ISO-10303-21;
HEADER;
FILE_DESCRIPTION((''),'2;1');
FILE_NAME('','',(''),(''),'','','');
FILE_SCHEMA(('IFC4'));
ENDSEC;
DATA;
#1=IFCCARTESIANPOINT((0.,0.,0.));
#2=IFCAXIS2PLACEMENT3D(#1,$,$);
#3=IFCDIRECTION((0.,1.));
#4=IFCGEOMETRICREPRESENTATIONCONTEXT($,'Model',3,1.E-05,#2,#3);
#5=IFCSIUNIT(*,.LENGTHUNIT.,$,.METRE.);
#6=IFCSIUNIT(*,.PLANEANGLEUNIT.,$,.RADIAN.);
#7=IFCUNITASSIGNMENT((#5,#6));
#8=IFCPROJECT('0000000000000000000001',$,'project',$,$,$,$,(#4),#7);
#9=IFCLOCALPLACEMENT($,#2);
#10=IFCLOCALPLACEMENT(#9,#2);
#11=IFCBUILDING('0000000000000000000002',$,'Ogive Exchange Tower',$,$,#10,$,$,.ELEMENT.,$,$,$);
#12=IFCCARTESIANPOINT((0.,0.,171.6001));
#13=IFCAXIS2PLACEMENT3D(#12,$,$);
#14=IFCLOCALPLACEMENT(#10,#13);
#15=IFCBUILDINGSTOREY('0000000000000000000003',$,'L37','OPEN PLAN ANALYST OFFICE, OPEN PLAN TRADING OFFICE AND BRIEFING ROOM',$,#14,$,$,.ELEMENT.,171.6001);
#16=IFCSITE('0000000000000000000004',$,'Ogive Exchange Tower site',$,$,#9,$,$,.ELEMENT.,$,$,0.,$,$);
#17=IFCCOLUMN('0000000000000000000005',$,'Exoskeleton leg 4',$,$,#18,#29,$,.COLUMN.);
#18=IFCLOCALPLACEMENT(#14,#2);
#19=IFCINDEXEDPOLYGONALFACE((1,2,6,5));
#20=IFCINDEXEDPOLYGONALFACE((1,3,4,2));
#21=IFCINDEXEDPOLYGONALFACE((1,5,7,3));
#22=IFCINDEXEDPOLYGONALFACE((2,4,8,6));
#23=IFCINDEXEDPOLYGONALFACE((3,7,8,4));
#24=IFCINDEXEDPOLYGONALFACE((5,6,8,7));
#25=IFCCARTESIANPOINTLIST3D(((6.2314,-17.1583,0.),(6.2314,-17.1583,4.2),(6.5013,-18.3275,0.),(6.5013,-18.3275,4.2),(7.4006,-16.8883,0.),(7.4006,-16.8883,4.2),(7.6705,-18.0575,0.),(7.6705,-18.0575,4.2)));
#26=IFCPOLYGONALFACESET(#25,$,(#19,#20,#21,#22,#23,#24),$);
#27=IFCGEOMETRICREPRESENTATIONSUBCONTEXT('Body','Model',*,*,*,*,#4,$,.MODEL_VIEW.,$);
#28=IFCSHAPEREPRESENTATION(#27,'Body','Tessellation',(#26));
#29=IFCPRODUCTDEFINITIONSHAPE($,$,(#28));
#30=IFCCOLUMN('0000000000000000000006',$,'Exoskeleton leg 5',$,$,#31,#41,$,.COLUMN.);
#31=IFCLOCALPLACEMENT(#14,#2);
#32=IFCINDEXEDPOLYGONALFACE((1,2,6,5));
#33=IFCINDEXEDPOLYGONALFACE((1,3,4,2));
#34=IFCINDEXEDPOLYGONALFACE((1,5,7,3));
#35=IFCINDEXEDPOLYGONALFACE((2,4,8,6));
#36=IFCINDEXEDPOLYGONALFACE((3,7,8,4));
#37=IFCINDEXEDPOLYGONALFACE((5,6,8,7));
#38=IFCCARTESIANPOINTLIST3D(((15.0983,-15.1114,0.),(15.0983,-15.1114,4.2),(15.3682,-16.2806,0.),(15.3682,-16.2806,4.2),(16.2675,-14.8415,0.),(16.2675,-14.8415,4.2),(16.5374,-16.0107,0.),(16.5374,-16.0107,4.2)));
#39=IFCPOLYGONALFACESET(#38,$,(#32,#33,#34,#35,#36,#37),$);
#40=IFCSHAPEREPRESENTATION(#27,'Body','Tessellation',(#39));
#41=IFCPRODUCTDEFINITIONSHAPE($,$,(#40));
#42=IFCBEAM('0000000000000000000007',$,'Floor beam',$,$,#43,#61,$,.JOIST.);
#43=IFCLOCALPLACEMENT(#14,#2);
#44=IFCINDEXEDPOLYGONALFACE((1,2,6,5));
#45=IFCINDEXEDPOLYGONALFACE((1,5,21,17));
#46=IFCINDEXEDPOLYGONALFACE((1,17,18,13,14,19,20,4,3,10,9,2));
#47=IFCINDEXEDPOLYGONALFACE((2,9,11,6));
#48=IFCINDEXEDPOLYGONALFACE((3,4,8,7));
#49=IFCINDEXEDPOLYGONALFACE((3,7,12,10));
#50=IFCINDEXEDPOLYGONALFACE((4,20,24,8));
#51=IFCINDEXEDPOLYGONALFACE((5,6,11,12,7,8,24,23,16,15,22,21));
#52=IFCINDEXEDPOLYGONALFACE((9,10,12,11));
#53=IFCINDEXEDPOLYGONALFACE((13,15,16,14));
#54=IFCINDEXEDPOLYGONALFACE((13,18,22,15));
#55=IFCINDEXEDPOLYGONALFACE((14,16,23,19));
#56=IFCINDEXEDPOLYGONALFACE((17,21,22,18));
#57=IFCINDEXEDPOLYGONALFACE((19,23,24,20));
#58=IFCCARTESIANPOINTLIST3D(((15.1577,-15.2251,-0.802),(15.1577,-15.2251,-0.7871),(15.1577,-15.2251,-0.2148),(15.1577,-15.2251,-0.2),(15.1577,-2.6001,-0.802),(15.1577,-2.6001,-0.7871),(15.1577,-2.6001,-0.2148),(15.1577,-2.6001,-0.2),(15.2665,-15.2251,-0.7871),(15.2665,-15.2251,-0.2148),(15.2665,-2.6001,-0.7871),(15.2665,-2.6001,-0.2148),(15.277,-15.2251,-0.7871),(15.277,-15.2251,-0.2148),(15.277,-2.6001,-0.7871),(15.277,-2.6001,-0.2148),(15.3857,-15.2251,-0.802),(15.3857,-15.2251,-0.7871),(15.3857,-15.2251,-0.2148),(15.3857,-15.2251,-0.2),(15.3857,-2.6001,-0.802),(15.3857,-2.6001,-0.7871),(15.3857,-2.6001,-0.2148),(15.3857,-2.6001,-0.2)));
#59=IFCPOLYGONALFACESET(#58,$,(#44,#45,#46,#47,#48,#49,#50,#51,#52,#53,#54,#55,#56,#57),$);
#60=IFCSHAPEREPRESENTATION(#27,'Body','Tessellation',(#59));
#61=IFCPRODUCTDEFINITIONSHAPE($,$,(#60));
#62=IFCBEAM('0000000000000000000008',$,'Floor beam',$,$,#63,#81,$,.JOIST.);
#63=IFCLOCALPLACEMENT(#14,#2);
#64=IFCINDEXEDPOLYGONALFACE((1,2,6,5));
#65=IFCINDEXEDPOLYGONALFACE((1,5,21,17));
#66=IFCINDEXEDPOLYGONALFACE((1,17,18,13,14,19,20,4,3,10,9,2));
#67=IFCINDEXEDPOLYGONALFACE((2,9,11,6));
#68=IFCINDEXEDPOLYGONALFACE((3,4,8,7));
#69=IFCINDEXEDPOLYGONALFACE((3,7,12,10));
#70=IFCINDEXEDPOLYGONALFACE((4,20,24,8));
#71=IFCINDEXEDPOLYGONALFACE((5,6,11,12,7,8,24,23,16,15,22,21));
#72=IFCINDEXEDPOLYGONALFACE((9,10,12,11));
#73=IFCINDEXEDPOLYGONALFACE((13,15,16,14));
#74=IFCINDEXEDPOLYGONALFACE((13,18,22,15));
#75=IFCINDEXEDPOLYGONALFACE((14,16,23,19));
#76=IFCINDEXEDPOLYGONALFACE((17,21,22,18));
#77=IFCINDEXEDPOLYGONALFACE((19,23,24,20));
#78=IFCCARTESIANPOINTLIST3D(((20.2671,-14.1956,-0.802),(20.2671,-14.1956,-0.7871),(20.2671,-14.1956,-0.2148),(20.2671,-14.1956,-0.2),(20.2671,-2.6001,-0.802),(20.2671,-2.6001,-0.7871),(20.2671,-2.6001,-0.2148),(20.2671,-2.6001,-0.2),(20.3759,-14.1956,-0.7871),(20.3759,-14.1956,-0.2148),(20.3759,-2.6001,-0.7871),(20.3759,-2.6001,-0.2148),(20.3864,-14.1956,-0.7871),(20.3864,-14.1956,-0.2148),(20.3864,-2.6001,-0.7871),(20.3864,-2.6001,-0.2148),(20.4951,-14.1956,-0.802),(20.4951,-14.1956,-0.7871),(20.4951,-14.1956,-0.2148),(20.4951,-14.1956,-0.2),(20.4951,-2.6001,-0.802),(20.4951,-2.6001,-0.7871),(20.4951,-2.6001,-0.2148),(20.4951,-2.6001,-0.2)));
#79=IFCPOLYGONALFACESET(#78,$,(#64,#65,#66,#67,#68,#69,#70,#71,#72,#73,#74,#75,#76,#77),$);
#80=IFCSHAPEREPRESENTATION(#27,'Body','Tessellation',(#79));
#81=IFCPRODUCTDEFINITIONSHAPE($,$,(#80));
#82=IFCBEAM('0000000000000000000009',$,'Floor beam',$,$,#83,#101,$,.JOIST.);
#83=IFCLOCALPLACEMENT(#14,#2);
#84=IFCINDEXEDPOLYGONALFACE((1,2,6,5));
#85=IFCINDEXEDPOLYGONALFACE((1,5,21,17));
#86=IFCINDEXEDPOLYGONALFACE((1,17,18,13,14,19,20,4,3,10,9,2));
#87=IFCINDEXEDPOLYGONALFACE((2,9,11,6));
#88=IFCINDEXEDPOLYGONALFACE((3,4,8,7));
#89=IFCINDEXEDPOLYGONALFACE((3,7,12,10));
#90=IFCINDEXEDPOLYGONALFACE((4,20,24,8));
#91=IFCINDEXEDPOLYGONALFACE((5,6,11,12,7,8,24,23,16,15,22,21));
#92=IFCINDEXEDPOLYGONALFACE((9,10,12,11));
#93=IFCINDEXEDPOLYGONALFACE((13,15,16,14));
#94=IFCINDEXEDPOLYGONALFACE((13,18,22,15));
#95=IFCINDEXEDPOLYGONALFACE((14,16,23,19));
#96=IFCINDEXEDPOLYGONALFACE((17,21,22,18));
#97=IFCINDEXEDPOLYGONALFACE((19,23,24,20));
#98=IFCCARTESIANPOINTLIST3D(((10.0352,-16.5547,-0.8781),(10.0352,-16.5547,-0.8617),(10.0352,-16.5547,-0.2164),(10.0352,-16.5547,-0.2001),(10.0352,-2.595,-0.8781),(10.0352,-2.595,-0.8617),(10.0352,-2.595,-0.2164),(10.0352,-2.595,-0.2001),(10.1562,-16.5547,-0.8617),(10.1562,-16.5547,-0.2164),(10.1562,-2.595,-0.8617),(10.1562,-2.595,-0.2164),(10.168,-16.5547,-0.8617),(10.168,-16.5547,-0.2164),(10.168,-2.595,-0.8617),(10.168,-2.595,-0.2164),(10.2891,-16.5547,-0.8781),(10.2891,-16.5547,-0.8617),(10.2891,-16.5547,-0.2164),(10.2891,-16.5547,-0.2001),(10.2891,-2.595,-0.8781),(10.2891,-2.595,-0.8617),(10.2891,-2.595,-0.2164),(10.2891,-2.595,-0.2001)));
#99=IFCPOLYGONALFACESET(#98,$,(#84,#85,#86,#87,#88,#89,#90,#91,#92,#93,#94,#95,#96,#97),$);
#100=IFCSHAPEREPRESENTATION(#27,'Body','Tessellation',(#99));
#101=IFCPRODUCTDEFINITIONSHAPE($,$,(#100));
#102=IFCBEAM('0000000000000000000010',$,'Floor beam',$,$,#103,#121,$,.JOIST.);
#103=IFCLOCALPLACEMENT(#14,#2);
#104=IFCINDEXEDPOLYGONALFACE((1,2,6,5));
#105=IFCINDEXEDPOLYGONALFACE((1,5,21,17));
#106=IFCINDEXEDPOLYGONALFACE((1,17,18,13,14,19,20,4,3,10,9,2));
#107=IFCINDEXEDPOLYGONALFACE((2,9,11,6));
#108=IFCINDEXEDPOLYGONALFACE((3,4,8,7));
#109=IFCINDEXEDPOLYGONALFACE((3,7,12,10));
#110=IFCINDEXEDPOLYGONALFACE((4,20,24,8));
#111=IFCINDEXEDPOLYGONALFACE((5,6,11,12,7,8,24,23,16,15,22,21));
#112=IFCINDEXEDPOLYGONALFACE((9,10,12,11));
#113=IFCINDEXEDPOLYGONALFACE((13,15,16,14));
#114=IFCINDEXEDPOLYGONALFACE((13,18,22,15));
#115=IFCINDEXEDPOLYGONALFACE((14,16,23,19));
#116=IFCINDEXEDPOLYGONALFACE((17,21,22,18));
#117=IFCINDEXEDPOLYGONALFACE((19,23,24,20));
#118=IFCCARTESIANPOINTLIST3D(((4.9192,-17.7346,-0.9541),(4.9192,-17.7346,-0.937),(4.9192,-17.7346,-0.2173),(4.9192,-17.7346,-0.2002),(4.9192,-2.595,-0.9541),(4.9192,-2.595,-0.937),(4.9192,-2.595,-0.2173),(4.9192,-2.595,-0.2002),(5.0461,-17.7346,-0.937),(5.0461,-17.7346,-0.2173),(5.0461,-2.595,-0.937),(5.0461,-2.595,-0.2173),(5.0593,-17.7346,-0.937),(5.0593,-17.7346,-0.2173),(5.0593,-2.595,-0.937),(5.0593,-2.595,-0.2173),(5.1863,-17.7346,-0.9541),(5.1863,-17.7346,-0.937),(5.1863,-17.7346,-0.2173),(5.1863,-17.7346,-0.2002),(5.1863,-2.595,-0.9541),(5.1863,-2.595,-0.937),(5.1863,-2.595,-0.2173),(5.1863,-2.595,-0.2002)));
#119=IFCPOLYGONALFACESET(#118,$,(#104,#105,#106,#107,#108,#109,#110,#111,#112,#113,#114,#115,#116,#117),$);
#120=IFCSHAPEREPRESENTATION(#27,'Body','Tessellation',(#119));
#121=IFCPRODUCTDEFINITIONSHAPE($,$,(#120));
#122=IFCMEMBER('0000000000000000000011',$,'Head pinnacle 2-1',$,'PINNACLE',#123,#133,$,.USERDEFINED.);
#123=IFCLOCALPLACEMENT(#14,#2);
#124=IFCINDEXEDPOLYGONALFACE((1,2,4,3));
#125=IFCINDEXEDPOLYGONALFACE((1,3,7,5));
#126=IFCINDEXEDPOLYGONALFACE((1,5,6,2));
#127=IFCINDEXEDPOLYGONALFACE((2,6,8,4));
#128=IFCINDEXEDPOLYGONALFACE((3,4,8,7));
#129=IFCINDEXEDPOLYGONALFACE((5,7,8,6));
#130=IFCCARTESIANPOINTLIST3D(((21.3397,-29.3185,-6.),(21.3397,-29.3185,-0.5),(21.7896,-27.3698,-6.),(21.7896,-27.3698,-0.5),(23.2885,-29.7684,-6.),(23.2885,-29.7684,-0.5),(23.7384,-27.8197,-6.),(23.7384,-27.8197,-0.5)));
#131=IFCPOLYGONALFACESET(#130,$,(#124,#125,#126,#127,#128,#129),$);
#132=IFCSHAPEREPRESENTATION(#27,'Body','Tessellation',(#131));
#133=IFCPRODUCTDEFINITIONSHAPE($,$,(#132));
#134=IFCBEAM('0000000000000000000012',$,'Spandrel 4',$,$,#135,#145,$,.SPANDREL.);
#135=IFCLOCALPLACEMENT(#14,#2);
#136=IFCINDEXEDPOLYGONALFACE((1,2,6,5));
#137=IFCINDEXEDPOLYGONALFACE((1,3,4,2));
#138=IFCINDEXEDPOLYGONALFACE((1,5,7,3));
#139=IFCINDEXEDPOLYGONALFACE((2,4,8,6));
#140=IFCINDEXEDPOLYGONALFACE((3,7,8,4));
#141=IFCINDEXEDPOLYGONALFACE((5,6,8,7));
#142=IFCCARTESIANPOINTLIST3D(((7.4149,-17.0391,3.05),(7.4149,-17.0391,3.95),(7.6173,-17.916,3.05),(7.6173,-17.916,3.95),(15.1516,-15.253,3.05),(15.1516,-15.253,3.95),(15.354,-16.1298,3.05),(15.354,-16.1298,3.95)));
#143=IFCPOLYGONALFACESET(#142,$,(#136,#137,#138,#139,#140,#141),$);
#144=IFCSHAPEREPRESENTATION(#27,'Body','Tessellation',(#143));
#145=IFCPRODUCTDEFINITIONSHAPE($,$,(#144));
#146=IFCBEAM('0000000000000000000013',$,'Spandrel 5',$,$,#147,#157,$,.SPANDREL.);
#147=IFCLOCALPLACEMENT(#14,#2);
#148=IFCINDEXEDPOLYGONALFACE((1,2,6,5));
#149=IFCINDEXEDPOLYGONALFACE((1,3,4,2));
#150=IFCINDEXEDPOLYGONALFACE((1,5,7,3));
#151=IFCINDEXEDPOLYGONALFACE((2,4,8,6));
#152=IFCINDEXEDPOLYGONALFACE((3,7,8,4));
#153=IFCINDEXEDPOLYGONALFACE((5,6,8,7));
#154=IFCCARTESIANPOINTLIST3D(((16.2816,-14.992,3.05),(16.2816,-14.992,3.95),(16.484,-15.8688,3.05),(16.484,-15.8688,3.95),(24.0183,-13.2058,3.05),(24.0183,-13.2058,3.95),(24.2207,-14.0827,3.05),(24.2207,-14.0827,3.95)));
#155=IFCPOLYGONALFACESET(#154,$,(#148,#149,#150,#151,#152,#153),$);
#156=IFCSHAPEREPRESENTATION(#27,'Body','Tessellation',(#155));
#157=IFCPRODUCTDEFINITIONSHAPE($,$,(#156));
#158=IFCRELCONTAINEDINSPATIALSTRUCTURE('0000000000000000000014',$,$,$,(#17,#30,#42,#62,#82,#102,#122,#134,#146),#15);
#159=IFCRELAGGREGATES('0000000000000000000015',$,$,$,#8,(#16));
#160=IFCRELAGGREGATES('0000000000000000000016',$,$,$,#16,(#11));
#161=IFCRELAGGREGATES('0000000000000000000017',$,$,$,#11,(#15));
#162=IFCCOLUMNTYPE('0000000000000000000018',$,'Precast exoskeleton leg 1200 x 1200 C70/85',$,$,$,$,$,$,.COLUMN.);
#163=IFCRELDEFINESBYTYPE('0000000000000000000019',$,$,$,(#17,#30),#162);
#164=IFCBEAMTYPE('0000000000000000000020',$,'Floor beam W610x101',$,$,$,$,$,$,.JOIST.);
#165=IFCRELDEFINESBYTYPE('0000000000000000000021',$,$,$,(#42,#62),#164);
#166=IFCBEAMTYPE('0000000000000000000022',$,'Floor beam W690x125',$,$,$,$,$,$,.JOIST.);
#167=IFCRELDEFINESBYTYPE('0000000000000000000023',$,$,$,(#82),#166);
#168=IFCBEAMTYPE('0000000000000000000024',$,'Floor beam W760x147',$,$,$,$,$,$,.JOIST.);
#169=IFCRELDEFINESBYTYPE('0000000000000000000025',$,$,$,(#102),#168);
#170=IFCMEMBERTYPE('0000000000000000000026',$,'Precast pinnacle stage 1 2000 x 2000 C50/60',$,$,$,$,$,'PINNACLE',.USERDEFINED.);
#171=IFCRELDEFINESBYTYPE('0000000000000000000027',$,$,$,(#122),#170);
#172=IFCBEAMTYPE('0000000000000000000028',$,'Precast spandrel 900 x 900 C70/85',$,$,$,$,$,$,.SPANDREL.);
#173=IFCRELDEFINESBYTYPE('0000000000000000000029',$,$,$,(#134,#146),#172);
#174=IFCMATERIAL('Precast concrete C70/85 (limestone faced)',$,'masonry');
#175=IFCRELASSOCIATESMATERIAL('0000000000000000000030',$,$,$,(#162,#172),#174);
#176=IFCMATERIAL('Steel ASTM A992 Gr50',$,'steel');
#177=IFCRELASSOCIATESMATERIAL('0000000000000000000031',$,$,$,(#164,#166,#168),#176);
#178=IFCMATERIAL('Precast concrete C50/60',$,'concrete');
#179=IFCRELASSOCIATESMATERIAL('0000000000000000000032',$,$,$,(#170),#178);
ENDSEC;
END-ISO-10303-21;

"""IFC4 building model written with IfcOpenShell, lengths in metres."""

from ifc_helpers import new_model, si_unit, direction, frame, origin, origin_2d, place, context, subcontext, project, spatial, rectangle, i_section, extrude, material, material_profile, profile_set, type_object, element, save


model = new_model("IFC4")

# Units and contexts
model_context = context("Model", 3, precision=1e-05, world=origin(), true_north=direction((0.0, 1.0)))
body_context = subcontext(model_context, "Body", "Model", "MODEL_VIEW")
ifc_project = project(units=[si_unit("LENGTHUNIT", "METRE"), si_unit("PLANEANGLEUNIT", "RADIAN")], contexts=[model_context])

# Site, building, storey
site_placement = place(None, origin())
site = spatial("IfcSite", under=ifc_project, at=site_placement, Name="Ogive Exchange Tower site", CompositionType="ELEMENT", RefElevation=0.0)
building_placement = place(site_placement, origin())
building = spatial("IfcBuilding", under=site, at=building_placement, Name="Ogive Exchange Tower", CompositionType="ELEMENT")
storey_placement = place(building_placement, frame((0.0, 0.0, 171.6001)))
storey = spatial("IfcBuildingStorey", under=building, at=storey_placement, Name="L37", Description="OPEN PLAN ANALYST OFFICE, OPEN PLAN TRADING OFFICE AND BRIEFING ROOM", CompositionType="ELEMENT", Elevation=171.6001)

# Columns
ifc_material_1 = material(Name="Precast concrete C70/85 (limestone faced)", Category="masonry")
ifc_material_profile_1 = material_profile(ifc_material_1, rectangle(XDim=1.2, YDim=1.2, at=origin_2d()), Name="1200 x 1200")
ifc_profile_set_1 = profile_set([ifc_material_profile_1], Name="Precast concrete C70/85 (limestone faced)")
column_type = type_object("IfcColumnType", Name="Precast exoskeleton leg 1200 x 1200 C70/85", PredefinedType="COLUMN", material=ifc_profile_set_1)
for number, where, z_axis, x_axis, name in (
    (1, (6.9509, -17.6079, 0.0), (0.0, 0.0, 1.0), (0.97437, 0.224951, 0.0), "Exoskeleton leg 4"),
    (2, (15.8179, -15.561, 0.0), (0.0, 0.0, 1.0), (0.97437, 0.224951, 0.0), "Exoskeleton leg 5"),
):
    element("IfcColumn", number, at=place(storey_placement, frame(where, z_axis=z_axis, x_axis=x_axis)), inside=storey, type_object=column_type, Name=name, PredefinedType="COLUMN", context=body_context, shape_type="SweptSolid", body=[
        extrude(rectangle(XDim=1.2, YDim=1.2, at=origin_2d()), origin(), (0.0, 0.0, 1.0), 4.2),
    ])

# Beams
ifc_material_2 = material(Name="Steel ASTM A992 Gr50", Category="steel")
ifc_material_profile_2 = material_profile(ifc_material_2, i_section(OverallWidth=0.228, OverallDepth=0.6021, WebThickness=0.0105, FlangeThickness=0.0149, at=origin_2d()), Name="W610x101")
ifc_profile_set_2 = profile_set([ifc_material_profile_2], Name="Steel ASTM A992 Gr50")
beam_type_1 = type_object("IfcBeamType", Name="Floor beam W610x101", PredefinedType="JOIST", material=ifc_profile_set_2)
beam_1_placement = place(storey_placement, frame((15.2717, -15.2251, -0.501), z_axis=(0.0, 1.0, 0.0), x_axis=(-1.0, 0.0, 0.0)))
element("IfcBeam", 3, at=beam_1_placement, inside=storey, type_object=beam_type_1, Name="Floor beam", PredefinedType="JOIST", context=body_context, shape_type="SweptSolid", body=[
    extrude(i_section(OverallWidth=0.228, OverallDepth=0.6021, WebThickness=0.0105, FlangeThickness=0.0149, at=origin_2d()), origin(), (0.0, 0.0, 1.0), 12.625),
])
beam_2_placement = place(storey_placement, frame((20.3811, -14.1956, -0.501), z_axis=(0.0, 1.0, 0.0), x_axis=(-1.0, 0.0, 0.0)))
element("IfcBeam", 4, at=beam_2_placement, inside=storey, type_object=beam_type_1, Name="Floor beam", PredefinedType="JOIST", context=body_context, shape_type="SweptSolid", body=[
    extrude(i_section(OverallWidth=0.228, OverallDepth=0.6021, WebThickness=0.0105, FlangeThickness=0.0149, at=origin_2d()), origin(), (0.0, 0.0, 1.0), 11.5955),
])
ifc_material_profile_3 = material_profile(ifc_material_2, i_section(OverallWidth=0.2539, OverallDepth=0.678, WebThickness=0.0117, FlangeThickness=0.0164, at=origin_2d()), Name="W690x125")
ifc_profile_set_3 = profile_set([ifc_material_profile_3], Name="Steel ASTM A992 Gr50")
beam_type_2 = type_object("IfcBeamType", Name="Floor beam W690x125", PredefinedType="JOIST", material=ifc_profile_set_3)
beam_3_placement = place(storey_placement, frame((10.1621, -16.5547, -0.5391), z_axis=(0.0, 1.0, 0.0), x_axis=(-1.0, 0.0, 0.0)))
element("IfcBeam", 5, at=beam_3_placement, inside=storey, type_object=beam_type_2, Name="Floor beam", PredefinedType="JOIST", context=body_context, shape_type="SweptSolid", body=[
    extrude(i_section(OverallWidth=0.2539, OverallDepth=0.678, WebThickness=0.0117, FlangeThickness=0.0164, at=origin_2d()), origin(), (0.0, 0.0, 1.0), 13.9597),
])
ifc_material_profile_4 = material_profile(ifc_material_2, i_section(OverallWidth=0.2671, OverallDepth=0.7539, WebThickness=0.0132, FlangeThickness=0.0171, at=origin_2d()), Name="W760x147")
ifc_profile_set_4 = profile_set([ifc_material_profile_4], Name="Steel ASTM A992 Gr50")
beam_type_3 = type_object("IfcBeamType", Name="Floor beam W760x147", PredefinedType="JOIST", material=ifc_profile_set_4)
beam_4_placement = place(storey_placement, frame((5.0527, -17.7346, -0.5771), z_axis=(0.0, 1.0, 0.0), x_axis=(-1.0, 0.0, 0.0)))
element("IfcBeam", 6, at=beam_4_placement, inside=storey, type_object=beam_type_3, Name="Floor beam", PredefinedType="JOIST", context=body_context, shape_type="SweptSolid", body=[
    extrude(i_section(OverallWidth=0.2671, OverallDepth=0.7539, WebThickness=0.0132, FlangeThickness=0.0171, at=origin_2d()), origin(), (0.0, 0.0, 1.0), 15.1396),
])

# Member
ifc_material_3 = material(Name="Precast concrete C50/60", Category="concrete")
ifc_material_profile_5 = material_profile(ifc_material_3, rectangle(XDim=2.0, YDim=2.0, at=origin_2d()), Name="PINNACLE 1 2000 x 2000")
ifc_profile_set_5 = profile_set([ifc_material_profile_5], Name="Precast concrete C50/60")
member_type = type_object("IfcMemberType", Name="Precast pinnacle stage 1 2000 x 2000 C50/60", ElementType="PINNACLE", PredefinedType="USERDEFINED", material=ifc_profile_set_5)
member_placement = place(storey_placement, frame((22.5391, -28.5691, -6.0), z_axis=(0.0, 0.0, 1.0), x_axis=(0.97437, -0.224951, 0.0)))
element("IfcMember", 7, at=member_placement, inside=storey, type_object=member_type, Name="Head pinnacle 2-1", ObjectType="PINNACLE", PredefinedType="USERDEFINED", context=body_context, shape_type="SweptSolid", body=[
    extrude(rectangle(XDim=2.0, YDim=2.0, at=origin_2d()), origin(), (0.0, 0.0, 1.0), 5.5),
])

# Beams
ifc_material_profile_6 = material_profile(ifc_material_1, rectangle(XDim=0.8999, YDim=0.8999, at=origin_2d()), Name="900 x 900")
ifc_profile_set_6 = profile_set([ifc_material_profile_6], Name="Precast concrete C70/85 (limestone faced)")
beam_type_4 = type_object("IfcBeamType", Name="Precast spandrel 900 x 900 C70/85", PredefinedType="SPANDREL", material=ifc_profile_set_6)
for number, where, z_axis, x_axis, name in (
    (8, (7.5161, -17.4775, 3.5), (0.97437, 0.224952, 0.0), (-0.224952, 0.97437, 0.0), "Spandrel 4"),
    (9, (16.3828, -15.4304, 3.5), (0.97437, 0.224952, 0.0), (-0.224952, 0.97437, 0.0), "Spandrel 5"),
):
    element("IfcBeam", number, at=place(storey_placement, frame(where, z_axis=z_axis, x_axis=x_axis)), inside=storey, type_object=beam_type_4, Name=name, PredefinedType="SPANDREL", context=body_context, shape_type="SweptSolid", body=[
        extrude(rectangle(XDim=0.8999, YDim=0.8999, at=origin_2d()), origin(), (0.0, 0.0, 1.0), 7.9402),
    ])

save(model, "model.ifc")
